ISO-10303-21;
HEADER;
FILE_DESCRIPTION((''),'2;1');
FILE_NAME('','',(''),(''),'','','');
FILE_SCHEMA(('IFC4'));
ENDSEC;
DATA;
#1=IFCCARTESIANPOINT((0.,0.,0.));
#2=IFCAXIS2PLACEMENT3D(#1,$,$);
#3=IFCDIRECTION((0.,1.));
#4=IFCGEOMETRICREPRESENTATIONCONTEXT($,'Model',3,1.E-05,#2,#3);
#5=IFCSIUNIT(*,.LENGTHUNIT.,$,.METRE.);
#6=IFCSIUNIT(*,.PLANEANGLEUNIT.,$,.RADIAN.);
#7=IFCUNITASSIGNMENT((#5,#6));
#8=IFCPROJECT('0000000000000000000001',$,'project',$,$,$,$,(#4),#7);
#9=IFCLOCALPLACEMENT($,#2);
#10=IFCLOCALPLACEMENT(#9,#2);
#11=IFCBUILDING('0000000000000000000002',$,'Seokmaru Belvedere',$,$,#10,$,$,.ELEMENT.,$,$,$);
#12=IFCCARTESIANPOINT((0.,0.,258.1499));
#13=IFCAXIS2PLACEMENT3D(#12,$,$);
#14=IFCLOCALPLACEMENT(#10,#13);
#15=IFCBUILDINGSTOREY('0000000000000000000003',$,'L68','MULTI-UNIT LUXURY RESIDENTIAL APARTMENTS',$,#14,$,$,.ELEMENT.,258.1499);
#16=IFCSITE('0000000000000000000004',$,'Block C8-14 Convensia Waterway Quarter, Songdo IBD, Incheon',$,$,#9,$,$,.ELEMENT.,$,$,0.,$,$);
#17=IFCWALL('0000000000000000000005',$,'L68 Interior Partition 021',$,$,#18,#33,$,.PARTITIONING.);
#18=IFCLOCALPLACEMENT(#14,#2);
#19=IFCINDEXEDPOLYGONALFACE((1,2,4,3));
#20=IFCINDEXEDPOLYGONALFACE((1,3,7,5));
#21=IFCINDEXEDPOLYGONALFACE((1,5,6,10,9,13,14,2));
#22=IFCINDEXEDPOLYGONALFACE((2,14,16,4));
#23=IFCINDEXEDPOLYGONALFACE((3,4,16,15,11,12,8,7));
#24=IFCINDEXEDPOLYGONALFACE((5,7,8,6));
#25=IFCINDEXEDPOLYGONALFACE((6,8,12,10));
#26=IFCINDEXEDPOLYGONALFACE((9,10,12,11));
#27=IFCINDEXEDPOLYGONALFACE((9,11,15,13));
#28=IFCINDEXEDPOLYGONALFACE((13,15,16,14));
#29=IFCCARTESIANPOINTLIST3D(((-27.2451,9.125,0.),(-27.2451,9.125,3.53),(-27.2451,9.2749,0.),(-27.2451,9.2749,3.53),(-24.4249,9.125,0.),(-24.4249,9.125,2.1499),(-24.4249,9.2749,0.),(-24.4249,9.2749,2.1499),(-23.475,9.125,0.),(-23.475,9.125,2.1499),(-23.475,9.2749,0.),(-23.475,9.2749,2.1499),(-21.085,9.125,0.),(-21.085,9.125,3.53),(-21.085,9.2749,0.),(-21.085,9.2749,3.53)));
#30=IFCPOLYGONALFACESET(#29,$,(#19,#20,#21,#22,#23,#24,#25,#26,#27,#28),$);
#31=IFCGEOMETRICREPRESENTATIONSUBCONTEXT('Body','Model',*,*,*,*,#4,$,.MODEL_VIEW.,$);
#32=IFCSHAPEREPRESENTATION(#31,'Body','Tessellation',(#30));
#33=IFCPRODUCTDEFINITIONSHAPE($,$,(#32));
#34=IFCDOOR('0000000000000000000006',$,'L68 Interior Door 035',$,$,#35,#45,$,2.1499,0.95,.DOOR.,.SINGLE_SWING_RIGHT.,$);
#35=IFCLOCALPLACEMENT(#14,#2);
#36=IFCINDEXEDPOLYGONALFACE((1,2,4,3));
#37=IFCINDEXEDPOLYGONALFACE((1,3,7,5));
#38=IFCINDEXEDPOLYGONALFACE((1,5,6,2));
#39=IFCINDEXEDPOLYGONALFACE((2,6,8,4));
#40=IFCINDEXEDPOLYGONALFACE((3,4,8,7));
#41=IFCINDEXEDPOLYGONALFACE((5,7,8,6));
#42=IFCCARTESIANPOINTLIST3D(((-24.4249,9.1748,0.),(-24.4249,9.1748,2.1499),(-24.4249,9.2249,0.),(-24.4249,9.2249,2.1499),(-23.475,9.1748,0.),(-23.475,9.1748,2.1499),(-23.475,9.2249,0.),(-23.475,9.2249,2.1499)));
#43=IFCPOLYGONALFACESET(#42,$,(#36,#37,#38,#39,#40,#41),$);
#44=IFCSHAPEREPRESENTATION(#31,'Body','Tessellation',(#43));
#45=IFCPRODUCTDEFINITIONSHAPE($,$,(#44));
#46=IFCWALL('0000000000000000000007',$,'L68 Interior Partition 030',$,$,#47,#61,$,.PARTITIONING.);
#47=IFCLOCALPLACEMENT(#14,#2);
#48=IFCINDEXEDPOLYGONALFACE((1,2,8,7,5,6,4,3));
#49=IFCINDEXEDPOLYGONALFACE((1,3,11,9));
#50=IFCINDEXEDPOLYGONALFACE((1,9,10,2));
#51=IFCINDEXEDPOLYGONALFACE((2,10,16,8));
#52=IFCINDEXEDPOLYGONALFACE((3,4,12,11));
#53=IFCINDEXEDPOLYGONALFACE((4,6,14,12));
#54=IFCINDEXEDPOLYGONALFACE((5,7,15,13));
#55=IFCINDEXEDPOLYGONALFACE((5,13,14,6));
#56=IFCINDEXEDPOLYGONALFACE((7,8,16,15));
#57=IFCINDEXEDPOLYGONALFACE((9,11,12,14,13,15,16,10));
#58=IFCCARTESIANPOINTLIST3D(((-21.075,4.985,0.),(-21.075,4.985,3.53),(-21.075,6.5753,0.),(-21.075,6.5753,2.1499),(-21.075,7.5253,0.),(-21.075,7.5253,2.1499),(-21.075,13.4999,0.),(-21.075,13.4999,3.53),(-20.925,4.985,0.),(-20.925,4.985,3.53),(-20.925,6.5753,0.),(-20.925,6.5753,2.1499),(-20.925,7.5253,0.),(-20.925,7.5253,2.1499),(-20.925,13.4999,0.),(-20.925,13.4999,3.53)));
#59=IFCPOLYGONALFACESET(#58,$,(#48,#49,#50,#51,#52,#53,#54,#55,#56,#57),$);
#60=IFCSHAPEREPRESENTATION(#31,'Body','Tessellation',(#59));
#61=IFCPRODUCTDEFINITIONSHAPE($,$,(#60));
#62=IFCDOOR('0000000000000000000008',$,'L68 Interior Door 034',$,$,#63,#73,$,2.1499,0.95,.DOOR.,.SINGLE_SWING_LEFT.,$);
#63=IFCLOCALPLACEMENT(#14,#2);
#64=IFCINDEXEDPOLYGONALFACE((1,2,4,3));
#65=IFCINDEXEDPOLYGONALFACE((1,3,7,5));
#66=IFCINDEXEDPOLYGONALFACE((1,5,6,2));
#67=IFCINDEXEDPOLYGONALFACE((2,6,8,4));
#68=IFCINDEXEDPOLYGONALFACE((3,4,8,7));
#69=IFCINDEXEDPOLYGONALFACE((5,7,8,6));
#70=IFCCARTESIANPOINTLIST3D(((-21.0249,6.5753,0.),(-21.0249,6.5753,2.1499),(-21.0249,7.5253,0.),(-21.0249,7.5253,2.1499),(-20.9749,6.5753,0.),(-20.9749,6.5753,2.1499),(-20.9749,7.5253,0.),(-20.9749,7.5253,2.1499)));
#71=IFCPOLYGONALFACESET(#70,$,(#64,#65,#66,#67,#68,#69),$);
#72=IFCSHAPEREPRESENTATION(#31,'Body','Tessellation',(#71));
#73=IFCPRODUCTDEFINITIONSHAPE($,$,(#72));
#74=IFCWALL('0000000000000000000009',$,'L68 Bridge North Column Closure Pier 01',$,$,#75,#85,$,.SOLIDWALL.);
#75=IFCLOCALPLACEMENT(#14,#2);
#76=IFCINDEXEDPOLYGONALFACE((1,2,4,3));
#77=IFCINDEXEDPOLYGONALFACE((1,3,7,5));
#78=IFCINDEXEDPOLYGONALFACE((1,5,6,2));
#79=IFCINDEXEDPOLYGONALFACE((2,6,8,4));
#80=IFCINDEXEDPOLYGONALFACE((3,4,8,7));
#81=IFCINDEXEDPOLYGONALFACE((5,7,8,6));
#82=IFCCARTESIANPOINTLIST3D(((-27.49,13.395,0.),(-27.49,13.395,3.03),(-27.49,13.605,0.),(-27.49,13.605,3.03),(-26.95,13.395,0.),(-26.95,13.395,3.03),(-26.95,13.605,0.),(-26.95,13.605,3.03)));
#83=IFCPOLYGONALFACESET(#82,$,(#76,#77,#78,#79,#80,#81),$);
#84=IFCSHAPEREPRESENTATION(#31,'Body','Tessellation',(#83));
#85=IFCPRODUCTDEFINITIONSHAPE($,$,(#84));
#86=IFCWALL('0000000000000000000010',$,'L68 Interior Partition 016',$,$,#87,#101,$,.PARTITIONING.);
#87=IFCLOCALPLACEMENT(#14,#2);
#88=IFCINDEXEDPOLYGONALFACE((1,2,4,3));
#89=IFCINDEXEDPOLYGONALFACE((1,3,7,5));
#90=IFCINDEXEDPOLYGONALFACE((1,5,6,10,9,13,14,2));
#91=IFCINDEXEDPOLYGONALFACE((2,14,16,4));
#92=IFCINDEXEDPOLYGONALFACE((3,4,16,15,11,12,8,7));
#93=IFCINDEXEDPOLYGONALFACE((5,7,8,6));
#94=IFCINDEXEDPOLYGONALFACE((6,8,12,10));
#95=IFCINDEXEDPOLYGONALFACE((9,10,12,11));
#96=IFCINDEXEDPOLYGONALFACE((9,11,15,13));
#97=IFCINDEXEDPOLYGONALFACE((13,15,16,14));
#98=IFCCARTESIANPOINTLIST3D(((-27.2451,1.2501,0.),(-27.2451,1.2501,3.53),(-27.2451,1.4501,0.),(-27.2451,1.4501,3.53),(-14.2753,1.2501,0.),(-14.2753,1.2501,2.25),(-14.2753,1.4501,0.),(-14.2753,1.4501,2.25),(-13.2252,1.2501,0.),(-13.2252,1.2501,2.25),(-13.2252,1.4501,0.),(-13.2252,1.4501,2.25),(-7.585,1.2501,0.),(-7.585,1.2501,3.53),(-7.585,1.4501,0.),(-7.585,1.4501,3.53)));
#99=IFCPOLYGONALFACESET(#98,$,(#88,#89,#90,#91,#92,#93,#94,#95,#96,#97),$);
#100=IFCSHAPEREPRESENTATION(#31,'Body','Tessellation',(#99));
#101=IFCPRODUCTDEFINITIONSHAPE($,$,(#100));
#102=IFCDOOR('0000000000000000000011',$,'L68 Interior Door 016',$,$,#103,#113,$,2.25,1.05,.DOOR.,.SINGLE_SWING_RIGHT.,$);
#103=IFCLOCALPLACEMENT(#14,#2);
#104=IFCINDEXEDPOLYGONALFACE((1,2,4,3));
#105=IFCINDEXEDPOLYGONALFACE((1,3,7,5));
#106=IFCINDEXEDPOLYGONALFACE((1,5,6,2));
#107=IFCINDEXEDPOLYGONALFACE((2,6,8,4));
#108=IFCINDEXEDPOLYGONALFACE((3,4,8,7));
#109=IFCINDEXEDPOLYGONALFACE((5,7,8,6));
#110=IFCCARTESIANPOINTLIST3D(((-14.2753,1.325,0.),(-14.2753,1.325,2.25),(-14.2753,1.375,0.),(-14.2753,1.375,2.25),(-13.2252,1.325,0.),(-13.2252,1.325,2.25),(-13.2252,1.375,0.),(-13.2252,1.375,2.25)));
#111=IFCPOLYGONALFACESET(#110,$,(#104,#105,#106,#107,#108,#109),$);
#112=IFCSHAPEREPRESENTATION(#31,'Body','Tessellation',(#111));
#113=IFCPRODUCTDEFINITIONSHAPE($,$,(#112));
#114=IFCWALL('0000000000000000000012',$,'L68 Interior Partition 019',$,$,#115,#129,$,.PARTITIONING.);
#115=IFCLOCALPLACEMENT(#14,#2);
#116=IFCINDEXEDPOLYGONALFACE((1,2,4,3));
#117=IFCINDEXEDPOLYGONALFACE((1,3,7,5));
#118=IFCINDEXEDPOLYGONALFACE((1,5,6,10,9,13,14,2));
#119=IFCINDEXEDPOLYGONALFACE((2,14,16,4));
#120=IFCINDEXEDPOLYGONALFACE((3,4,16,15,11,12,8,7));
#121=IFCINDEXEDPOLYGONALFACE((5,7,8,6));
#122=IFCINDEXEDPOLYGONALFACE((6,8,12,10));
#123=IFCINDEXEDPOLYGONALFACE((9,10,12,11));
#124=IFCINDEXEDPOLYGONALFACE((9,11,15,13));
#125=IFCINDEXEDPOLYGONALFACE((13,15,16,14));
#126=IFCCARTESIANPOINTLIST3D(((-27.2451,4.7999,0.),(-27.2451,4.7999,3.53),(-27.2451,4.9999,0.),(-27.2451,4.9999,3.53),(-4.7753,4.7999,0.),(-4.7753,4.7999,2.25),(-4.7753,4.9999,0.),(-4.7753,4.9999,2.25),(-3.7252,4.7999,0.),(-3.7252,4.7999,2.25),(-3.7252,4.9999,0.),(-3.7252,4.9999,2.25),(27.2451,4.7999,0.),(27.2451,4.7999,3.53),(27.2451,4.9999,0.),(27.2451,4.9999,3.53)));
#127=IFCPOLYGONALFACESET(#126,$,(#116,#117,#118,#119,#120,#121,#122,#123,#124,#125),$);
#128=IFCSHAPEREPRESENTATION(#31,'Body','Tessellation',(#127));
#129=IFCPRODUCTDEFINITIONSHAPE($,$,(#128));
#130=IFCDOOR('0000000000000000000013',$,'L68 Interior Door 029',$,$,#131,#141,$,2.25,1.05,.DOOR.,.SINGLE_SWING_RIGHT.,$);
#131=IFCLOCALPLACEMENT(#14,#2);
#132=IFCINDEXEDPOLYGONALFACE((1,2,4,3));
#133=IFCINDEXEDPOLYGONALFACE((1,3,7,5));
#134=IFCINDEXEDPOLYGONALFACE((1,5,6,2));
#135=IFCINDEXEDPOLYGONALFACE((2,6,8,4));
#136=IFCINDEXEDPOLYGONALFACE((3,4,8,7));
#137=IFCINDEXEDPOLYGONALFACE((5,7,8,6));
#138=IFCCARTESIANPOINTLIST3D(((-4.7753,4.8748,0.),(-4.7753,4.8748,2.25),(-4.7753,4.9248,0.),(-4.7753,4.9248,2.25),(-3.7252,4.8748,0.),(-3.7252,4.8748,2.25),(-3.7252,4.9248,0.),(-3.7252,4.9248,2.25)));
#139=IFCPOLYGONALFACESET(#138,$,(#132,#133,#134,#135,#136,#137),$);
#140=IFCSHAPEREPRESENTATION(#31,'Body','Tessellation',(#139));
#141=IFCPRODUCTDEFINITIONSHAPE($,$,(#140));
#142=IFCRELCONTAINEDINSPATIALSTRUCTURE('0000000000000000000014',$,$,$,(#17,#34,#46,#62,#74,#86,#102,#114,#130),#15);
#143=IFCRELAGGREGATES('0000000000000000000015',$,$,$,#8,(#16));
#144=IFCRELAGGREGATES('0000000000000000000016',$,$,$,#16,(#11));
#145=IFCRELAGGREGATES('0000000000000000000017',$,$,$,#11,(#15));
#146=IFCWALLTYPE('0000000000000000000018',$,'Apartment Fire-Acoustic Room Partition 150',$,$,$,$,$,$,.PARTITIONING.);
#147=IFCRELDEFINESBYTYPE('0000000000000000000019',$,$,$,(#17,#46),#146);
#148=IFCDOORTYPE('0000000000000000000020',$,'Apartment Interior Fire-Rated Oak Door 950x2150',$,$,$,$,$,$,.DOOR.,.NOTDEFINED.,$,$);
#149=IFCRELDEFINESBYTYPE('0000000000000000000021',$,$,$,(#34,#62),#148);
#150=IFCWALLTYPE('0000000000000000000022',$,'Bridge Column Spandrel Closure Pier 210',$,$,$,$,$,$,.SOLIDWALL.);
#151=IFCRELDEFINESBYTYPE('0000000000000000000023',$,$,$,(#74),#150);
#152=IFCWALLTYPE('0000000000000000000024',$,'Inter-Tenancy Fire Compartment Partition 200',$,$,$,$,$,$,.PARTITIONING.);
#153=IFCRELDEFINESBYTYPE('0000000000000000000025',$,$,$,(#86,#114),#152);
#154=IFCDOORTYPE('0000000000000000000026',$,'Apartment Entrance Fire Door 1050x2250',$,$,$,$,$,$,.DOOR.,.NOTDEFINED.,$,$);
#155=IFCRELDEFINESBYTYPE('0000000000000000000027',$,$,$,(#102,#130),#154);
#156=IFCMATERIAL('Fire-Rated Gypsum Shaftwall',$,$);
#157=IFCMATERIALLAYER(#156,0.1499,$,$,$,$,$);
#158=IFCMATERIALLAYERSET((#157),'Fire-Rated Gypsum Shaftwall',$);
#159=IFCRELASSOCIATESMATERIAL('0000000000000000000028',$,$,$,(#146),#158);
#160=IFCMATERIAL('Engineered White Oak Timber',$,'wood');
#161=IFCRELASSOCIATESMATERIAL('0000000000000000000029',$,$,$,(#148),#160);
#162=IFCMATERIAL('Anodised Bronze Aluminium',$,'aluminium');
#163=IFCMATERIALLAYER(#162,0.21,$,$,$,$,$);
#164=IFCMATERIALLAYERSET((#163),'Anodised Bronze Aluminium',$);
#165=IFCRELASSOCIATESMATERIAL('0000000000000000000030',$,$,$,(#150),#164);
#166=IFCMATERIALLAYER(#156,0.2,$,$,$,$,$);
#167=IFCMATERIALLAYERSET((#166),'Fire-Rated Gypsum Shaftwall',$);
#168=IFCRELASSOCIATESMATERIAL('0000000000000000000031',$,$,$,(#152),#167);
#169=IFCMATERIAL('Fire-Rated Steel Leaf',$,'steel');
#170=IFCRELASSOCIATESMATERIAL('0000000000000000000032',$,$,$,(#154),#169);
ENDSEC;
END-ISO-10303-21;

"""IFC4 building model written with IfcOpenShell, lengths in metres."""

from ifc_helpers import new_model, si_unit, direction, frame, frame_2d, origin, place, context, subcontext, project, spatial, rectangle, extrude, source, transform, mapped, material, layer, layer_set, type_object, type_shapes, element, fill, save


model = new_model("IFC4")

# Units and contexts
model_context = context("Model", 3, precision=1e-05, world=origin(), true_north=direction((0.0, 1.0)))
body_context = subcontext(model_context, "Body", "Model", "MODEL_VIEW")
ifc_project = project(units=[si_unit("LENGTHUNIT", "METRE"), si_unit("PLANEANGLEUNIT", "RADIAN")], contexts=[model_context])

# Site, building, storey
site_placement = place(None, origin())
site = spatial("IfcSite", under=ifc_project, at=site_placement, Name="Block C8-14 Convensia Waterway Quarter, Songdo IBD, Incheon", CompositionType="ELEMENT", RefElevation=0.0)
building_placement = place(site_placement, origin())
building = spatial("IfcBuilding", under=site, at=building_placement, Name="Seokmaru Belvedere", CompositionType="ELEMENT")
storey_placement = place(building_placement, frame((0.0, 0.0, 258.1499)))
storey = spatial("IfcBuildingStorey", under=building, at=storey_placement, Name="L68", Description="MULTI-UNIT LUXURY RESIDENTIAL APARTMENTS", CompositionType="ELEMENT", Elevation=258.1499)

# Shared definitions
ifc_material_1 = material(Name="Anodised Bronze Aluminium", Category="aluminium")

# Walls, openings, doors
ifc_material_2 = material(Name="Fire-Rated Gypsum Shaftwall")
ifc_layer_1 = layer(ifc_material_2, 0.1499)
ifc_layer_set_1 = layer_set([ifc_layer_1], Name="Fire-Rated Gypsum Shaftwall")
wall_type_1 = type_object("IfcWallType", Name="Apartment Fire-Acoustic Room Partition 150", PredefinedType="PARTITIONING", material=ifc_layer_set_1)
wall_1_placement = place(storey_placement, frame((-27.2451, 9.2, 0.0), z_axis=(0.0, 0.0, 1.0), x_axis=(1.0, 0.0, 0.0)))
wall_1 = element("IfcWall", 1, at=wall_1_placement, inside=storey, type_object=wall_type_1, Name="L68 Interior Partition 021", PredefinedType="PARTITIONING", context=body_context, shape_type="SweptSolid", body=[
    extrude(rectangle(XDim=6.1602, YDim=0.1499, at=frame_2d((3.0801, 0.0))), origin(), (0.0, 0.0, 1.0), 3.53),
])
opening_1_placement = place(wall_1_placement, frame((2.8201, 0.0, 0.0)))
opening_1 = element("IfcOpeningElement", 2, at=opening_1_placement, cuts=wall_1, PredefinedType="OPENING", context=body_context, shape_type="SweptSolid", body=[
    extrude(rectangle(XDim=0.95, YDim=2.1499, at=frame_2d((0.4751, 1.075))), frame((0.0, 0.085, 0.0), z_axis=(0.0, -1.0, 0.0), x_axis=(1.0, 0.0, 0.0)), (0.0, 0.0, 1.0), 0.1699),
])
ifc_material_3 = material(Name="Engineered White Oak Timber", Category="wood")
door_type_1 = type_object("IfcDoorType", Name="Apartment Interior Fire-Rated Oak Door 950x2150", OperationType="NOTDEFINED", PredefinedType="DOOR", material=ifc_material_3)
shared_shape_1 = source(origin(), body_context, "Body", "SweptSolid", [
    extrude(rectangle(XDim=0.95, YDim=2.1499, at=frame_2d((0.4751, 1.075))), frame((0.0, 0.0249, 0.0), z_axis=(0.0, -1.0, 0.0), x_axis=(1.0, 0.0, 0.0)), (0.0, 0.0, 1.0), 0.05),
])
type_shapes(door_type_1, [shared_shape_1])
door_1_placement = place(opening_1_placement, origin())
door_1 = element("IfcDoor", 3, at=door_1_placement, inside=storey, type_object=door_type_1, Name="L68 Interior Door 035", OperationType="SINGLE_SWING_RIGHT", OverallHeight=2.1499, OverallWidth=0.95, PredefinedType="DOOR", context=body_context, shape_type="MappedRepresentation", body=[
    mapped(shared_shape_1, transform((0.0, 0.0, 0.0), scale=1.0)),
])
fill(opening_1, door_1)
wall_2_placement = place(storey_placement, frame((-21.0, 4.9851, 0.0), z_axis=(0.0, 0.0, 1.0), x_axis=(0.0, 1.0, 0.0)))
wall_2 = element("IfcWall", 4, at=wall_2_placement, inside=storey, type_object=wall_type_1, Name="L68 Interior Partition 030", PredefinedType="PARTITIONING", context=body_context, shape_type="SweptSolid", body=[
    extrude(rectangle(XDim=8.5149, YDim=0.1499, at=frame_2d((4.2573, 0.0))), origin(), (0.0, 0.0, 1.0), 3.53),
])
opening_2_placement = place(wall_2_placement, frame((1.5901, 0.0, 0.0)))
opening_2 = element("IfcOpeningElement", 5, at=opening_2_placement, cuts=wall_2, PredefinedType="OPENING", context=body_context, shape_type="SweptSolid", body=[
    extrude(rectangle(XDim=0.95, YDim=2.1499, at=frame_2d((0.4751, 1.075))), frame((0.0, 0.085, 0.0), z_axis=(0.0, -1.0, 0.0), x_axis=(1.0, 0.0, 0.0)), (0.0, 0.0, 1.0), 0.1699),
])
door_2_placement = place(opening_2_placement, origin())
door_2 = element("IfcDoor", 6, at=door_2_placement, inside=storey, type_object=door_type_1, Name="L68 Interior Door 034", OperationType="SINGLE_SWING_LEFT", OverallHeight=2.1499, OverallWidth=0.95, PredefinedType="DOOR", context=body_context, shape_type="MappedRepresentation", body=[
    mapped(shared_shape_1, transform((0.0, 0.0, 0.0), scale=1.0)),
])
fill(opening_2, door_2)

# Wall
ifc_layer_2 = layer(ifc_material_1, 0.21)
ifc_layer_set_2 = layer_set([ifc_layer_2], Name="Anodised Bronze Aluminium")
wall_type_2 = type_object("IfcWallType", Name="Bridge Column Spandrel Closure Pier 210", PredefinedType="SOLIDWALL", material=ifc_layer_set_2)
wall_3_placement = place(storey_placement, frame((-27.49, 13.5, 0.0), z_axis=(0.0, 0.0, 1.0), x_axis=(1.0, 0.0, 0.0)))
element("IfcWall", 7, at=wall_3_placement, inside=storey, type_object=wall_type_2, Name="L68 Bridge North Column Closure Pier 01", PredefinedType="SOLIDWALL", context=body_context, shape_type="SweptSolid", body=[
    extrude(rectangle(XDim=0.54, YDim=0.21, at=frame_2d((0.27, 0.0))), origin(), (0.0, 0.0, 1.0), 3.03),
])

# Walls, openings, doors
ifc_layer_3 = layer(ifc_material_2, 0.2)
ifc_layer_set_3 = layer_set([ifc_layer_3], Name="Fire-Rated Gypsum Shaftwall")
wall_type_3 = type_object("IfcWallType", Name="Inter-Tenancy Fire Compartment Partition 200", PredefinedType="PARTITIONING", material=ifc_layer_set_3)
wall_4_placement = place(storey_placement, frame((-27.2451, 1.3501, 0.0), z_axis=(0.0, 0.0, 1.0), x_axis=(1.0, 0.0, 0.0)))
wall_4 = element("IfcWall", 8, at=wall_4_placement, inside=storey, type_object=wall_type_3, Name="L68 Interior Partition 016", PredefinedType="PARTITIONING", context=body_context, shape_type="SweptSolid", body=[
    extrude(rectangle(XDim=19.6602, YDim=0.2, at=frame_2d((9.8301, 0.0))), origin(), (0.0, 0.0, 1.0), 3.53),
])
opening_3_placement = place(wall_4_placement, frame((12.97, 0.0, 0.0)))
opening_3 = element("IfcOpeningElement", 9, at=opening_3_placement, cuts=wall_4, PredefinedType="OPENING", context=body_context, shape_type="SweptSolid", body=[
    extrude(rectangle(XDim=1.05, YDim=2.25, at=frame_2d((0.5249, 1.125))), frame((0.0, 0.1099, 0.0), z_axis=(0.0, -1.0, 0.0), x_axis=(1.0, 0.0, 0.0)), (0.0, 0.0, 1.0), 0.22),
])
ifc_material_4 = material(Name="Fire-Rated Steel Leaf", Category="steel")
door_type_2 = type_object("IfcDoorType", Name="Apartment Entrance Fire Door 1050x2250", OperationType="NOTDEFINED", PredefinedType="DOOR", material=ifc_material_4)
shared_shape_2 = source(origin(), body_context, "Body", "SweptSolid", [
    extrude(rectangle(XDim=1.05, YDim=2.25, at=frame_2d((0.5249, 1.125))), frame((0.0, 0.0249, 0.0), z_axis=(0.0, -1.0, 0.0), x_axis=(1.0, 0.0, 0.0)), (0.0, 0.0, 1.0), 0.05),
])
type_shapes(door_type_2, [shared_shape_2])
door_3_placement = place(opening_3_placement, origin())
door_3 = element("IfcDoor", 10, at=door_3_placement, inside=storey, type_object=door_type_2, Name="L68 Interior Door 016", OperationType="SINGLE_SWING_RIGHT", OverallHeight=2.25, OverallWidth=1.05, PredefinedType="DOOR", context=body_context, shape_type="MappedRepresentation", body=[
    mapped(shared_shape_2, transform((0.0, 0.0, 0.0), scale=1.0)),
])
fill(opening_3, door_3)
wall_5_placement = place(storey_placement, frame((-27.2451, 4.8999, 0.0), z_axis=(0.0, 0.0, 1.0), x_axis=(1.0, 0.0, 0.0)))
wall_5 = element("IfcWall", 11, at=wall_5_placement, inside=storey, type_object=wall_type_3, Name="L68 Interior Partition 019", PredefinedType="PARTITIONING", context=body_context, shape_type="SweptSolid", body=[
    extrude(rectangle(XDim=54.4902, YDim=0.2, at=frame_2d((27.2451, 0.0))), origin(), (0.0, 0.0, 1.0), 3.53),
])
opening_4_placement = place(wall_5_placement, frame((22.47, 0.0, 0.0)))
opening_4 = element("IfcOpeningElement", 12, at=opening_4_placement, cuts=wall_5, PredefinedType="OPENING", context=body_context, shape_type="SweptSolid", body=[
    extrude(rectangle(XDim=1.05, YDim=2.25, at=frame_2d((0.5249, 1.125))), frame((0.0, 0.1099, 0.0), z_axis=(0.0, -1.0, 0.0), x_axis=(1.0, 0.0, 0.0)), (0.0, 0.0, 1.0), 0.22),
])
door_4_placement = place(opening_4_placement, origin())
door_4 = element("IfcDoor", 13, at=door_4_placement, inside=storey, type_object=door_type_2, Name="L68 Interior Door 029", OperationType="SINGLE_SWING_RIGHT", OverallHeight=2.25, OverallWidth=1.05, PredefinedType="DOOR", context=body_context, shape_type="MappedRepresentation", body=[
    mapped(shared_shape_2, transform((0.0, 0.0, 0.0), scale=1.0)),
])
fill(opening_4, door_4)

save(model, "model.ifc")
